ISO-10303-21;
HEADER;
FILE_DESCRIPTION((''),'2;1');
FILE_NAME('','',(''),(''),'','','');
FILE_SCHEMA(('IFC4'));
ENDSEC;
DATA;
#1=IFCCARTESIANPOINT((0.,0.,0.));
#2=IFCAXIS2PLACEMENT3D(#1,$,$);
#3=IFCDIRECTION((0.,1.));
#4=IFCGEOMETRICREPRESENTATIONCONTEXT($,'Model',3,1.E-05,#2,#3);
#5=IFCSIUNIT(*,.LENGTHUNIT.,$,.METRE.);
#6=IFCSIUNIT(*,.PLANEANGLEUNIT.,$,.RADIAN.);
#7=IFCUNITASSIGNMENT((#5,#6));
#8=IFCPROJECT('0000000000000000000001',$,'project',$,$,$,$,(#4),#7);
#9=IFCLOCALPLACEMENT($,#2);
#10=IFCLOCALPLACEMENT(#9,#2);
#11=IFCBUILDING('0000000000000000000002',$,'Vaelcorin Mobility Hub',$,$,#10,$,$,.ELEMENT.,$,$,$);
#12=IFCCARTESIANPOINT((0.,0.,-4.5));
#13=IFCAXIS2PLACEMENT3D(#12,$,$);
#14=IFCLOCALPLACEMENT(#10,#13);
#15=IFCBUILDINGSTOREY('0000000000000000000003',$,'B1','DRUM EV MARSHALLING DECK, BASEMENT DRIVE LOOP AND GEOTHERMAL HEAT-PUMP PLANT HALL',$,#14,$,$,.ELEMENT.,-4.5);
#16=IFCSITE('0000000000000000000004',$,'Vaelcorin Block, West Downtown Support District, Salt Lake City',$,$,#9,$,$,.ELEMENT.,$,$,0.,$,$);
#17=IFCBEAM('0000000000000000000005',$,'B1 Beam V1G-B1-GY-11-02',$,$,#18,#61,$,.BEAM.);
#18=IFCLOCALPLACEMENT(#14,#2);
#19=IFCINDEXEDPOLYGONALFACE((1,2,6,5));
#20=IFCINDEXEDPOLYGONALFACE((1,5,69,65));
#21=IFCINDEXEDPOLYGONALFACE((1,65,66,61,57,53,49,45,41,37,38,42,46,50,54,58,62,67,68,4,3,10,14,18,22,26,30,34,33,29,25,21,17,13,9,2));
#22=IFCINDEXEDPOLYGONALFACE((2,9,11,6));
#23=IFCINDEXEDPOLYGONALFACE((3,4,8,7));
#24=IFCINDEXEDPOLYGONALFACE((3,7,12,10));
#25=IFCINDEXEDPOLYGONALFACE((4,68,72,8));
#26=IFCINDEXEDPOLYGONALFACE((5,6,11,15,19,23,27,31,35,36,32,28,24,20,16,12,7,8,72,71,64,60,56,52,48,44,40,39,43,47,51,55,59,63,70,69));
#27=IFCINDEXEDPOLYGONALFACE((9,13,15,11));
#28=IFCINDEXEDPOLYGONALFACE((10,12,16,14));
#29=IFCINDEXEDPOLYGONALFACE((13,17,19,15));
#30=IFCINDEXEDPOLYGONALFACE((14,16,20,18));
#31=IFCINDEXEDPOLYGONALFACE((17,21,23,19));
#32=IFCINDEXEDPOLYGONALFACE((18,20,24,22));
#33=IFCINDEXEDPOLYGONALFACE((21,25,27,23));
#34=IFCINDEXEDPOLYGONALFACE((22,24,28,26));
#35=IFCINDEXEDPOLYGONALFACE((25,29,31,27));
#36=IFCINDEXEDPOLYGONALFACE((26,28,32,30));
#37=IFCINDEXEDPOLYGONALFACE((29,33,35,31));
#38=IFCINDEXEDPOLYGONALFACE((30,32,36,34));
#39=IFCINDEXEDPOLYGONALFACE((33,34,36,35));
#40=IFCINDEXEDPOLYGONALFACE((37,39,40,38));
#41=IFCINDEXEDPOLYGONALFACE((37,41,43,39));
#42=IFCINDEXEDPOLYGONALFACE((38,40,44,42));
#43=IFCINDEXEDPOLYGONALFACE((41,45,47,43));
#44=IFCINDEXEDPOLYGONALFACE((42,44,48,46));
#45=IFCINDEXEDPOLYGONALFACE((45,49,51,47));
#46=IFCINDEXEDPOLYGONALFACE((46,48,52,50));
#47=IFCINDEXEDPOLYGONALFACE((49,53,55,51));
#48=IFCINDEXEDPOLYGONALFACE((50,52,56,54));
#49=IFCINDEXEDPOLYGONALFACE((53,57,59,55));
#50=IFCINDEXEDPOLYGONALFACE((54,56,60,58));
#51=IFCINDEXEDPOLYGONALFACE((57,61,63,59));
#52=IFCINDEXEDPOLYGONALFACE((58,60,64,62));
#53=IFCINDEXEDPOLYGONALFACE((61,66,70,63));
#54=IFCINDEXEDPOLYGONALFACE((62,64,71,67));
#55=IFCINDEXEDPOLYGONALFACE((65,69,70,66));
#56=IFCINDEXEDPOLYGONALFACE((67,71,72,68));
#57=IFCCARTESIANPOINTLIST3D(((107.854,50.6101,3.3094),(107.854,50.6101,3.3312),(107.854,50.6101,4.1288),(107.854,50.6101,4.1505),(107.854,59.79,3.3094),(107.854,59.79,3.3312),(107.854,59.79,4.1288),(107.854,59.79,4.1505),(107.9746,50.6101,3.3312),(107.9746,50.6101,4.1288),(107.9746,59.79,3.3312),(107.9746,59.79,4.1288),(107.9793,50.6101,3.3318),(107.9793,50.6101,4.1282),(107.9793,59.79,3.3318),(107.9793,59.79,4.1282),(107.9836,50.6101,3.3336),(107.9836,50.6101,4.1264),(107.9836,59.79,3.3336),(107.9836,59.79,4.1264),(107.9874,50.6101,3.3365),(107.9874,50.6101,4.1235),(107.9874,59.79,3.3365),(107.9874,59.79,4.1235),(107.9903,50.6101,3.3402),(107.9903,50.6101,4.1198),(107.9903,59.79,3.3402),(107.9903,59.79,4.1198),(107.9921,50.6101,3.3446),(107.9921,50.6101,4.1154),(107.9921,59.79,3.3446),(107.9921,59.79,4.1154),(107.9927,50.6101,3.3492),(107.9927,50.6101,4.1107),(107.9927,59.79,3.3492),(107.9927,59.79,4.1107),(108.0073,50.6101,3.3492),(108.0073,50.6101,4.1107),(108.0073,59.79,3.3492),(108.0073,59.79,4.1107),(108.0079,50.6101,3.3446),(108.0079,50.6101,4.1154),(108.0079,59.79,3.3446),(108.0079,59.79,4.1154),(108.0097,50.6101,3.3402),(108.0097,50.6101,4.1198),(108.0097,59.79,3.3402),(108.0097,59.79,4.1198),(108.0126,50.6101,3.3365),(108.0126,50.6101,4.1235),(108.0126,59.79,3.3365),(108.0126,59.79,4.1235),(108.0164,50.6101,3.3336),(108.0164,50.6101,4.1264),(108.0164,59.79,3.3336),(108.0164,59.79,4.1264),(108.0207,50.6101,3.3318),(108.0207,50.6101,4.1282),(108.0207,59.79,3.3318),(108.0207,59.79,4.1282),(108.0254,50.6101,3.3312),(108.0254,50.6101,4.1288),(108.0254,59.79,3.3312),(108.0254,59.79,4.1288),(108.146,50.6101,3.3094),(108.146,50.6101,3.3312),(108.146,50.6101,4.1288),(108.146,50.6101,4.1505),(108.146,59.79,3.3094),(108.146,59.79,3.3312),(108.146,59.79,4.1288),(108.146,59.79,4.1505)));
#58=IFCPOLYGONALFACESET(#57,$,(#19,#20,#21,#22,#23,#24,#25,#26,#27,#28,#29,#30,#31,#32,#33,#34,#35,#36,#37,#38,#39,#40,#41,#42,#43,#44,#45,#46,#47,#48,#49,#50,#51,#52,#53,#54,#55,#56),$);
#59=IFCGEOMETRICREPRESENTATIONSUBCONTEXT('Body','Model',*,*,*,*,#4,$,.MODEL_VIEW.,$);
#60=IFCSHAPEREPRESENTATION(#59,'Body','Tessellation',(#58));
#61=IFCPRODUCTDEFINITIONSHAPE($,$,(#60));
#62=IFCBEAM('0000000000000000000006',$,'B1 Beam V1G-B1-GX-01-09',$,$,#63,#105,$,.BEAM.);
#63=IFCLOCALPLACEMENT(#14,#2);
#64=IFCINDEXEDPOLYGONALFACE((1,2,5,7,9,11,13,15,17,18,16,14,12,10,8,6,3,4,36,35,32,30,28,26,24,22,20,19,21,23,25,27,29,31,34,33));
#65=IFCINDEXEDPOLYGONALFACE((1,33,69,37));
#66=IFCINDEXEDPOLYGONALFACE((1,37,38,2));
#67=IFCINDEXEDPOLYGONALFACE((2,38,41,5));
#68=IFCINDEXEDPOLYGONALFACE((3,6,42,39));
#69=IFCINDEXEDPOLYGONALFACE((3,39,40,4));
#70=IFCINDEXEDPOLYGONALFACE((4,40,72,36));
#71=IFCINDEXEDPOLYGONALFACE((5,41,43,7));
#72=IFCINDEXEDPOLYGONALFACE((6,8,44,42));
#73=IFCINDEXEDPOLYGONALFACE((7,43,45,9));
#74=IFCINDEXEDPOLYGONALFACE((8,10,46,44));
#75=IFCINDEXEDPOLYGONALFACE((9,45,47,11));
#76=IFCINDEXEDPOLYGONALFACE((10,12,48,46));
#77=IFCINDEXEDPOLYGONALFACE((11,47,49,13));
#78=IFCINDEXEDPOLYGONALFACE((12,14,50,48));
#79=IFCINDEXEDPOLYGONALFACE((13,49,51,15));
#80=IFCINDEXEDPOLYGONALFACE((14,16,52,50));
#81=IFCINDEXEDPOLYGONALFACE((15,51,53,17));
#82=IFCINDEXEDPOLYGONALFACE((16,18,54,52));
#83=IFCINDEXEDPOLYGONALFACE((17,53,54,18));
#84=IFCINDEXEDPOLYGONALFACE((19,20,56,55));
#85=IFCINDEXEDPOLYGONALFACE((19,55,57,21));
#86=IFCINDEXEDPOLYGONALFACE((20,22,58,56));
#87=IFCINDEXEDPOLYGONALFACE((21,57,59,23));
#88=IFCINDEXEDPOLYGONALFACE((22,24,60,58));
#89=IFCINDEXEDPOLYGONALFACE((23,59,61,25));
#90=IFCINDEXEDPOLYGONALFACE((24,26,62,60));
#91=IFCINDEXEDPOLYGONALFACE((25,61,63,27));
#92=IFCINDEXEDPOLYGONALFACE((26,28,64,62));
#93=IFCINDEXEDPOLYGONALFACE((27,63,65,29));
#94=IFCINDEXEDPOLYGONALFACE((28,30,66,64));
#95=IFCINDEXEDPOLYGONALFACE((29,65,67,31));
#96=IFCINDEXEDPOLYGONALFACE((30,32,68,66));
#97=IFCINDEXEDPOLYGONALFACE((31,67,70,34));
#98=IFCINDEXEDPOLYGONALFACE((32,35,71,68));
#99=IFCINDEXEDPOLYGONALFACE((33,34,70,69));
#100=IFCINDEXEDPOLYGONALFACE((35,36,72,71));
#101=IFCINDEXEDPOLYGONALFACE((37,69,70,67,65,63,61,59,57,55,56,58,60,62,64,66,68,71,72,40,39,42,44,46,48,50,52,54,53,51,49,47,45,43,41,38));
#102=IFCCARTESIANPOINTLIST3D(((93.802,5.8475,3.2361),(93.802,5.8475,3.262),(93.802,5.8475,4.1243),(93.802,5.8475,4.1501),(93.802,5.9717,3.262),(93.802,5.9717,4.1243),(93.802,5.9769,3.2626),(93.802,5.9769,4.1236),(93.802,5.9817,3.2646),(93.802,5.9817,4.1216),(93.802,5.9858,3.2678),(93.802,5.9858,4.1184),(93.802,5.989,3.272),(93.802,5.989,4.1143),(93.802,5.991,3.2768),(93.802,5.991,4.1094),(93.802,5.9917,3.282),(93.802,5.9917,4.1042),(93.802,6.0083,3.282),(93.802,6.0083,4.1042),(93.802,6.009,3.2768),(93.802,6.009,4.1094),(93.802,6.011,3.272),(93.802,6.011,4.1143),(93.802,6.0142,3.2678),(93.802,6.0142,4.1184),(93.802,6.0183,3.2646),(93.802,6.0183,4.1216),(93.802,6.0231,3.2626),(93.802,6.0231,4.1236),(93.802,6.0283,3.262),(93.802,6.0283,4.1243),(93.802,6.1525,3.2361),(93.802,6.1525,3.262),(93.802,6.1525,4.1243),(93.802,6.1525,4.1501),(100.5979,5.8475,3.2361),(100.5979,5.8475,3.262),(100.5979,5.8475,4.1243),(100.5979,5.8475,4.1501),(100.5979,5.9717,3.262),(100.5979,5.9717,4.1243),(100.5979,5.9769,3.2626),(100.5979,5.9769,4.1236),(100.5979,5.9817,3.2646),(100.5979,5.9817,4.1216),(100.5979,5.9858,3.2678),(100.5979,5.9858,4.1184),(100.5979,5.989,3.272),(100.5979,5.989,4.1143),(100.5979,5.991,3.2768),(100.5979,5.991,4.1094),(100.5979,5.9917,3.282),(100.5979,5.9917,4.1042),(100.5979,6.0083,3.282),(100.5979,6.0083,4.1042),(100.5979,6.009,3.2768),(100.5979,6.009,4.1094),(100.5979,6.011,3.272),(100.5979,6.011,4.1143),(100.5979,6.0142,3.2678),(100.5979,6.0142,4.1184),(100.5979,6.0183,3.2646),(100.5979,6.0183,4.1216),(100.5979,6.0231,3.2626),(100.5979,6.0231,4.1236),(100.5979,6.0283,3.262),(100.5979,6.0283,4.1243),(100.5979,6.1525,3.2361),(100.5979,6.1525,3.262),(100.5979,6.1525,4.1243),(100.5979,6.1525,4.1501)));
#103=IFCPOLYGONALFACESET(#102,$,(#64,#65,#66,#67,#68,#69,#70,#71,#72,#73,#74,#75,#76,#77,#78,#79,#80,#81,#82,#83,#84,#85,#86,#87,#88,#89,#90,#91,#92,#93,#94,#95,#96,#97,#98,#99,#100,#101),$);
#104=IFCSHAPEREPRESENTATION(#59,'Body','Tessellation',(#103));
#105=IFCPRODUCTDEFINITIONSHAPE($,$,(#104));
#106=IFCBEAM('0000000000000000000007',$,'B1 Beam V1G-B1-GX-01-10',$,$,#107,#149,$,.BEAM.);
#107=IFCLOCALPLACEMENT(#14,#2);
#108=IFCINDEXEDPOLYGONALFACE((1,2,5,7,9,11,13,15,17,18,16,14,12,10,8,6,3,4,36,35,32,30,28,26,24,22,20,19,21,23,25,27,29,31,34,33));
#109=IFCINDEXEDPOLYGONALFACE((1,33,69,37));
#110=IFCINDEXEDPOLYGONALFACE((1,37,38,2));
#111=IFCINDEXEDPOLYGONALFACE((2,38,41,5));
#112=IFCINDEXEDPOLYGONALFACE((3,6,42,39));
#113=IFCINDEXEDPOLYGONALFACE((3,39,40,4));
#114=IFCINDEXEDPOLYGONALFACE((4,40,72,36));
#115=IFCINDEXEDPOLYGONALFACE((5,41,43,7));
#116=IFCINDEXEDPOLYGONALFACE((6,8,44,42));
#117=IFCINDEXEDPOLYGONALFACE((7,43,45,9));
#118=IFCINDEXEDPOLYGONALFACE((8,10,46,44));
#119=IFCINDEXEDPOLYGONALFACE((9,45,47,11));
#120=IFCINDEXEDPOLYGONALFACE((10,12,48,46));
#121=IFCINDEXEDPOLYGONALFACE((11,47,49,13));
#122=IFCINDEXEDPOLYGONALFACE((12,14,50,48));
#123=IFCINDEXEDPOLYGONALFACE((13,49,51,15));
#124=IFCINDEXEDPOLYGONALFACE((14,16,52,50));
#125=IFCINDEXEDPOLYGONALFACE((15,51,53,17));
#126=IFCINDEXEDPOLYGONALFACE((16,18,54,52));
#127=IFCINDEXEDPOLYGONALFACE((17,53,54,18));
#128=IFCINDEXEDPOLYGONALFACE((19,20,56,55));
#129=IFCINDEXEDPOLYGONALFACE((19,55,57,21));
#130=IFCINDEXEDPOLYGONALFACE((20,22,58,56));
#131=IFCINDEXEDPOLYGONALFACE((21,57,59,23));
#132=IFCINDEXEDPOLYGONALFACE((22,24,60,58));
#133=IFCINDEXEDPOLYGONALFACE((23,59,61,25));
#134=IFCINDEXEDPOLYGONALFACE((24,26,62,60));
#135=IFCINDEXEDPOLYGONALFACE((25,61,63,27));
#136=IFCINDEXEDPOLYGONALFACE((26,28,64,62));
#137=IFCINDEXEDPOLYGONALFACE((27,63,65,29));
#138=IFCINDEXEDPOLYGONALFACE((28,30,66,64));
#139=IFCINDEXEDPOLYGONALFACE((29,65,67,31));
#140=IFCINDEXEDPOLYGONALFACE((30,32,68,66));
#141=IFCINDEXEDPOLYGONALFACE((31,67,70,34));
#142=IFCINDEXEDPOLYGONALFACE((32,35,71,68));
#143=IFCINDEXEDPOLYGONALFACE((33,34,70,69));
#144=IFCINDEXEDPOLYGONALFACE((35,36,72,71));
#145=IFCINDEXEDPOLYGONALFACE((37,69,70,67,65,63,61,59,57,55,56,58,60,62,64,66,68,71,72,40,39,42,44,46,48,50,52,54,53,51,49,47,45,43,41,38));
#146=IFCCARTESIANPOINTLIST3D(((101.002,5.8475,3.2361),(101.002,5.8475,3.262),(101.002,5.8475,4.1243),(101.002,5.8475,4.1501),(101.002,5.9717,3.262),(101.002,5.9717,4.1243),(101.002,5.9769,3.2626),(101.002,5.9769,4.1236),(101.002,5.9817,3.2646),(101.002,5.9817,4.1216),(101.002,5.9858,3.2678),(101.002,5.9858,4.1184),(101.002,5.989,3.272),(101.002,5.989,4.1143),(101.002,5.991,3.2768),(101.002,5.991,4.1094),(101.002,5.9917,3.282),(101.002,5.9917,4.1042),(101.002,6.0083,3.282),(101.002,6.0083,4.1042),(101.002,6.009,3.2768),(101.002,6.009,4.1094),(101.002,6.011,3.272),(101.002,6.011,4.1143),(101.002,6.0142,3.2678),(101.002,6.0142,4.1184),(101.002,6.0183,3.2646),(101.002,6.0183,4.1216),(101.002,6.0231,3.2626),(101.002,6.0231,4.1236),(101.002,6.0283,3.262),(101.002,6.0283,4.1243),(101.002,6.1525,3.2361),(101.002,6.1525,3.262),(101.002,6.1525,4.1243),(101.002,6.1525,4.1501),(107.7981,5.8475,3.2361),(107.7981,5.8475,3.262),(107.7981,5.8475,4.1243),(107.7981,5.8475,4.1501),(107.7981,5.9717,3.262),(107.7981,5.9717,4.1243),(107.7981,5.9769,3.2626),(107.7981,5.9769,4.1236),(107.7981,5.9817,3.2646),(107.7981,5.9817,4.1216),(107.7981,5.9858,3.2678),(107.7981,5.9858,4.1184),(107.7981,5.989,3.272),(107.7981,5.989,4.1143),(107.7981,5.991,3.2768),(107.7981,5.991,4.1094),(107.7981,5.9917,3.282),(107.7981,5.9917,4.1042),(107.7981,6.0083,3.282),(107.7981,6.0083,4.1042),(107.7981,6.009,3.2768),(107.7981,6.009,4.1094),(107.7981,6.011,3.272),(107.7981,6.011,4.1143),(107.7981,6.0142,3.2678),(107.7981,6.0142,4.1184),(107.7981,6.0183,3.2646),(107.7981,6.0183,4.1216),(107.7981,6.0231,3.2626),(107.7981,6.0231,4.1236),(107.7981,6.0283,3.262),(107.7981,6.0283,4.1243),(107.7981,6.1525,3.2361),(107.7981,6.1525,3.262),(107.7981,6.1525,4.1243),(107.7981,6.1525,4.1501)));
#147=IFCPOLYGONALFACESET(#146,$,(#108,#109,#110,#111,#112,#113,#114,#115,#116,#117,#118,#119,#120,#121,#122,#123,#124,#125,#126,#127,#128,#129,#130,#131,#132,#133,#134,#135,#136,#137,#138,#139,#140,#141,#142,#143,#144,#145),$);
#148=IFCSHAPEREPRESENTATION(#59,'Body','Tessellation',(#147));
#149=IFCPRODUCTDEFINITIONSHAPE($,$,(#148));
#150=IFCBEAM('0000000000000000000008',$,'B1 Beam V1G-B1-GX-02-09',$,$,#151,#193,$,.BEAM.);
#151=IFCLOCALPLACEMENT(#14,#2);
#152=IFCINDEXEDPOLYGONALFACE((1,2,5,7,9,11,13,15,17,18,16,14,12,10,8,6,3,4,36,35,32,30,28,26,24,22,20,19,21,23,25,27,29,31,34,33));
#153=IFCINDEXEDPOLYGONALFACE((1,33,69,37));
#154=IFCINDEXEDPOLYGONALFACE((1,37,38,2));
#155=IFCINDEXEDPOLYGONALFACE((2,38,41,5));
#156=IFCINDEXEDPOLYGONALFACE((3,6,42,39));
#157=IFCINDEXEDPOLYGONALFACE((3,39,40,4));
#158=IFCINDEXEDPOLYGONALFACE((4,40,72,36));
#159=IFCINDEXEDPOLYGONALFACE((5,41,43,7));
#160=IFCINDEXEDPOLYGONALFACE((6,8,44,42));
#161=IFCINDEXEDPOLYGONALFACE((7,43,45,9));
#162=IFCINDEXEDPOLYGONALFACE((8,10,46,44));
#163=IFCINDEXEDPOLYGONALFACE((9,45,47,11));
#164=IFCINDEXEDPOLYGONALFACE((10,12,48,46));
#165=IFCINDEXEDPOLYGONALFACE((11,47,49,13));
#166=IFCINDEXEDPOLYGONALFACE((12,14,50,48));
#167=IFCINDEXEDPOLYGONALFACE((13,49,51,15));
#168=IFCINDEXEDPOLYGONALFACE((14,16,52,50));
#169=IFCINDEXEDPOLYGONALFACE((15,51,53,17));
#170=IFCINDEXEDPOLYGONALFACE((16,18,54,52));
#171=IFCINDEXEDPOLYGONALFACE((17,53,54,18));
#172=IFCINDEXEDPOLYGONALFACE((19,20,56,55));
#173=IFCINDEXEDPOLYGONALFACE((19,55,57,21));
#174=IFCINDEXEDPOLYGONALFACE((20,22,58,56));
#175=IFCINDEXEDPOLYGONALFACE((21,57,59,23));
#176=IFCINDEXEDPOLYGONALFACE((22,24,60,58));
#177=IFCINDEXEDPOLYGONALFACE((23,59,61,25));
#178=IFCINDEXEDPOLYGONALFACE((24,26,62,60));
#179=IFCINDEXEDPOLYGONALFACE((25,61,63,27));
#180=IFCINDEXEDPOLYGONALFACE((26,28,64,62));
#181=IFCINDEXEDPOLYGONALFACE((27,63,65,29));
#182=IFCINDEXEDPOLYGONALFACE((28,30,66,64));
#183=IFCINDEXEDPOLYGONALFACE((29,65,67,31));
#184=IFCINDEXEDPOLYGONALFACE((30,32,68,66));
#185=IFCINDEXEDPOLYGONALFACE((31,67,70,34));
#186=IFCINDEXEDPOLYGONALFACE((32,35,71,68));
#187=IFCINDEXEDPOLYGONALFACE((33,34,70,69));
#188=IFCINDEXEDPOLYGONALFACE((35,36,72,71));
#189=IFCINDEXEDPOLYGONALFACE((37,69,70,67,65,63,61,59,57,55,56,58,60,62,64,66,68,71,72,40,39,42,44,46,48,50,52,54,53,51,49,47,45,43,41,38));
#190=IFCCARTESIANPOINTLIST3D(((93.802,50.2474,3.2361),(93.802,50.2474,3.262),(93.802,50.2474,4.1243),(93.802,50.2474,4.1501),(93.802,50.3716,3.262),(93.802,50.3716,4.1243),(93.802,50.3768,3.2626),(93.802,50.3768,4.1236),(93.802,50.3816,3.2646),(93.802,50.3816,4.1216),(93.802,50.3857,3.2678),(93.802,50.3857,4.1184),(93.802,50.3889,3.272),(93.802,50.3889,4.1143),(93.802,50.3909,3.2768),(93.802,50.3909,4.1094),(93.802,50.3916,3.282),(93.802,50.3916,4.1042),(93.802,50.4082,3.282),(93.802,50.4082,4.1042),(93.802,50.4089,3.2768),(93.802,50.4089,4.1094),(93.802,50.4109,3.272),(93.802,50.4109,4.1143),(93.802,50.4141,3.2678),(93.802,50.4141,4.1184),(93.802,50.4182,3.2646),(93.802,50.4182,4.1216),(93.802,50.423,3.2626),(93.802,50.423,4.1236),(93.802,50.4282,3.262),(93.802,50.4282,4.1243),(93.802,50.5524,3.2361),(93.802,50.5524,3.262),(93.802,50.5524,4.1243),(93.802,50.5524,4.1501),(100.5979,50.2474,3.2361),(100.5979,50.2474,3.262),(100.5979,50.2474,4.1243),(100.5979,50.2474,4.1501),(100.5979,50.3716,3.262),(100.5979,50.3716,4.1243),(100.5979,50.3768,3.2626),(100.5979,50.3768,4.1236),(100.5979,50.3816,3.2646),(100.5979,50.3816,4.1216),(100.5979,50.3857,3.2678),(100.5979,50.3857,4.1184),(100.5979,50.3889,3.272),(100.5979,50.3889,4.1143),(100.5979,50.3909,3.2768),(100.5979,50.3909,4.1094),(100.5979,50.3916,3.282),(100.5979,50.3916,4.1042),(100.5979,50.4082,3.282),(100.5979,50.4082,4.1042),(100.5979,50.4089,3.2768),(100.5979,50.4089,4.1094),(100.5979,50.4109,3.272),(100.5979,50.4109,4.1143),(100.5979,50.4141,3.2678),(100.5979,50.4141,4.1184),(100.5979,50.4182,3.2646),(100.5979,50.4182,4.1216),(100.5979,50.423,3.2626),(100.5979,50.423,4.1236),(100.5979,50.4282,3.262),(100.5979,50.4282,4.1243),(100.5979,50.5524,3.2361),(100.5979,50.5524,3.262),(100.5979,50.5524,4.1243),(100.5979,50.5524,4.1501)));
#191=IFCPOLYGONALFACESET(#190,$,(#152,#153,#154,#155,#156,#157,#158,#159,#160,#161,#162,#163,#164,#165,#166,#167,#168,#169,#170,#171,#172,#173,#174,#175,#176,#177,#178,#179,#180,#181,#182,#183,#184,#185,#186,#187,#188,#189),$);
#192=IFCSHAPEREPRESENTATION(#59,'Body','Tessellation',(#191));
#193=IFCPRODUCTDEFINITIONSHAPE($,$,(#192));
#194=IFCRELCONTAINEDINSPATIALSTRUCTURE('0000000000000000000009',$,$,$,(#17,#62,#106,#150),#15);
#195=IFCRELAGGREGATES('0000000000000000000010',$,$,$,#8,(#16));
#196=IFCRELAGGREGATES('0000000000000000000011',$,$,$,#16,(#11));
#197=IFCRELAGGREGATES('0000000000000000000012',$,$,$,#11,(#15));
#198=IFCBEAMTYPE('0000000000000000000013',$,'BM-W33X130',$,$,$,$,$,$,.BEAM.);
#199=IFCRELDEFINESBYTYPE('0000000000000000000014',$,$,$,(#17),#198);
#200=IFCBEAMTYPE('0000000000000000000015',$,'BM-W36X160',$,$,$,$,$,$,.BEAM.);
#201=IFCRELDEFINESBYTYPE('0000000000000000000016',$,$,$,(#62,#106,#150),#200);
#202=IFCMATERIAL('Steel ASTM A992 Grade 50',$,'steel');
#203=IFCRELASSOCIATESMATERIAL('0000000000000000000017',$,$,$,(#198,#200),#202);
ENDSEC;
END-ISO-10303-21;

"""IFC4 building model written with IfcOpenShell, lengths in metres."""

from ifc_helpers import new_model, si_unit, direction, frame, origin, origin_2d, place, context, subcontext, project, spatial, i_section, extrude, material, material_profile, profile_set, type_object, element, save


model = new_model("IFC4")

# Units and contexts
model_context = context("Model", 3, precision=1e-05, world=origin(), true_north=direction((0.0, 1.0)))
body_context = subcontext(model_context, "Body", "Model", "MODEL_VIEW")
ifc_project = project(units=[si_unit("LENGTHUNIT", "METRE"), si_unit("PLANEANGLEUNIT", "RADIAN")], contexts=[model_context])

# Site, building, storey
site_placement = place(None, origin())
site = spatial("IfcSite", under=ifc_project, at=site_placement, Name="Vaelcorin Block, West Downtown Support District, Salt Lake City", CompositionType="ELEMENT", RefElevation=0.0)
building_placement = place(site_placement, origin())
building = spatial("IfcBuilding", under=site, at=building_placement, Name="Vaelcorin Mobility Hub", CompositionType="ELEMENT")
storey_placement = place(building_placement, frame((0.0, 0.0, -4.5)))
storey = spatial("IfcBuildingStorey", under=building, at=storey_placement, Name="B1", Description="DRUM EV MARSHALLING DECK, BASEMENT DRIVE LOOP AND GEOTHERMAL HEAT-PUMP PLANT HALL", CompositionType="ELEMENT", Elevation=-4.5)

# Shared definitions
ifc_material_1 = material(Name="Steel ASTM A992 Grade 50", Category="steel")

# Beams
ifc_material_profile_1 = material_profile(ifc_material_1, i_section(OverallWidth=0.292, OverallDepth=0.8411, WebThickness=0.0146, FlangeThickness=0.0217, FilletRadius=0.0181, at=origin_2d()), Name="W33X130")
ifc_profile_set_1 = profile_set([ifc_material_profile_1], Name="Steel ASTM A992 Grade 50")
beam_type_1 = type_object("IfcBeamType", Name="BM-W33X130", PredefinedType="BEAM", material=ifc_profile_set_1)
beam_1_placement = place(storey_placement, frame((108.0, 50.6101, 3.73), z_axis=(0.0, 1.0, 0.0), x_axis=(-1.0, 0.0, 0.0)))
element("IfcBeam", 1, at=beam_1_placement, inside=storey, type_object=beam_type_1, Name="B1 Beam V1G-B1-GY-11-02", PredefinedType="BEAM", context=body_context, shape_type="SweptSolid", body=[
    extrude(i_section(OverallWidth=0.292, OverallDepth=0.8411, WebThickness=0.0146, FlangeThickness=0.0217, FilletRadius=0.0181, at=origin_2d()), origin(), (0.0, 0.0, 1.0), 9.1799),
])
ifc_material_profile_2 = material_profile(ifc_material_1, i_section(OverallWidth=0.3049, OverallDepth=0.9141, WebThickness=0.0166, FlangeThickness=0.0259, FilletRadius=0.02, at=origin_2d()), Name="W36X160")
ifc_profile_set_2 = profile_set([ifc_material_profile_2], Name="Steel ASTM A992 Grade 50")
beam_type_2 = type_object("IfcBeamType", Name="BM-W36X160", PredefinedType="BEAM", material=ifc_profile_set_2)
beam_2_placement = place(storey_placement, frame((93.802, 6.0, 3.6931), z_axis=(1.0, 0.0, 0.0), x_axis=(0.0, 1.0, 0.0)))
element("IfcBeam", 2, at=beam_2_placement, inside=storey, type_object=beam_type_2, Name="B1 Beam V1G-B1-GX-01-09", PredefinedType="BEAM", context=body_context, shape_type="SweptSolid", body=[
    extrude(i_section(OverallWidth=0.3049, OverallDepth=0.9141, WebThickness=0.0166, FlangeThickness=0.0259, FilletRadius=0.02, at=origin_2d()), origin(), (0.0, 0.0, 1.0), 6.7959),
])
beam_3_placement = place(storey_placement, frame((101.002, 6.0, 3.6931), z_axis=(1.0, 0.0, 0.0), x_axis=(0.0, 1.0, 0.0)))
element("IfcBeam", 3, at=beam_3_placement, inside=storey, type_object=beam_type_2, Name="B1 Beam V1G-B1-GX-01-10", PredefinedType="BEAM", context=body_context, shape_type="SweptSolid", body=[
    extrude(i_section(OverallWidth=0.3049, OverallDepth=0.9141, WebThickness=0.0166, FlangeThickness=0.0259, FilletRadius=0.02, at=origin_2d()), origin(), (0.0, 0.0, 1.0), 6.7961),
])
beam_4_placement = place(storey_placement, frame((93.802, 50.3999, 3.6931), z_axis=(1.0, 0.0, 0.0), x_axis=(0.0, 1.0, 0.0)))
element("IfcBeam", 4, at=beam_4_placement, inside=storey, type_object=beam_type_2, Name="B1 Beam V1G-B1-GX-02-09", PredefinedType="BEAM", context=body_context, shape_type="SweptSolid", body=[
    extrude(i_section(OverallWidth=0.3049, OverallDepth=0.9141, WebThickness=0.0166, FlangeThickness=0.0259, FilletRadius=0.02, at=origin_2d()), origin(), (0.0, 0.0, 1.0), 6.7959),
])

save(model, "model.ifc")
